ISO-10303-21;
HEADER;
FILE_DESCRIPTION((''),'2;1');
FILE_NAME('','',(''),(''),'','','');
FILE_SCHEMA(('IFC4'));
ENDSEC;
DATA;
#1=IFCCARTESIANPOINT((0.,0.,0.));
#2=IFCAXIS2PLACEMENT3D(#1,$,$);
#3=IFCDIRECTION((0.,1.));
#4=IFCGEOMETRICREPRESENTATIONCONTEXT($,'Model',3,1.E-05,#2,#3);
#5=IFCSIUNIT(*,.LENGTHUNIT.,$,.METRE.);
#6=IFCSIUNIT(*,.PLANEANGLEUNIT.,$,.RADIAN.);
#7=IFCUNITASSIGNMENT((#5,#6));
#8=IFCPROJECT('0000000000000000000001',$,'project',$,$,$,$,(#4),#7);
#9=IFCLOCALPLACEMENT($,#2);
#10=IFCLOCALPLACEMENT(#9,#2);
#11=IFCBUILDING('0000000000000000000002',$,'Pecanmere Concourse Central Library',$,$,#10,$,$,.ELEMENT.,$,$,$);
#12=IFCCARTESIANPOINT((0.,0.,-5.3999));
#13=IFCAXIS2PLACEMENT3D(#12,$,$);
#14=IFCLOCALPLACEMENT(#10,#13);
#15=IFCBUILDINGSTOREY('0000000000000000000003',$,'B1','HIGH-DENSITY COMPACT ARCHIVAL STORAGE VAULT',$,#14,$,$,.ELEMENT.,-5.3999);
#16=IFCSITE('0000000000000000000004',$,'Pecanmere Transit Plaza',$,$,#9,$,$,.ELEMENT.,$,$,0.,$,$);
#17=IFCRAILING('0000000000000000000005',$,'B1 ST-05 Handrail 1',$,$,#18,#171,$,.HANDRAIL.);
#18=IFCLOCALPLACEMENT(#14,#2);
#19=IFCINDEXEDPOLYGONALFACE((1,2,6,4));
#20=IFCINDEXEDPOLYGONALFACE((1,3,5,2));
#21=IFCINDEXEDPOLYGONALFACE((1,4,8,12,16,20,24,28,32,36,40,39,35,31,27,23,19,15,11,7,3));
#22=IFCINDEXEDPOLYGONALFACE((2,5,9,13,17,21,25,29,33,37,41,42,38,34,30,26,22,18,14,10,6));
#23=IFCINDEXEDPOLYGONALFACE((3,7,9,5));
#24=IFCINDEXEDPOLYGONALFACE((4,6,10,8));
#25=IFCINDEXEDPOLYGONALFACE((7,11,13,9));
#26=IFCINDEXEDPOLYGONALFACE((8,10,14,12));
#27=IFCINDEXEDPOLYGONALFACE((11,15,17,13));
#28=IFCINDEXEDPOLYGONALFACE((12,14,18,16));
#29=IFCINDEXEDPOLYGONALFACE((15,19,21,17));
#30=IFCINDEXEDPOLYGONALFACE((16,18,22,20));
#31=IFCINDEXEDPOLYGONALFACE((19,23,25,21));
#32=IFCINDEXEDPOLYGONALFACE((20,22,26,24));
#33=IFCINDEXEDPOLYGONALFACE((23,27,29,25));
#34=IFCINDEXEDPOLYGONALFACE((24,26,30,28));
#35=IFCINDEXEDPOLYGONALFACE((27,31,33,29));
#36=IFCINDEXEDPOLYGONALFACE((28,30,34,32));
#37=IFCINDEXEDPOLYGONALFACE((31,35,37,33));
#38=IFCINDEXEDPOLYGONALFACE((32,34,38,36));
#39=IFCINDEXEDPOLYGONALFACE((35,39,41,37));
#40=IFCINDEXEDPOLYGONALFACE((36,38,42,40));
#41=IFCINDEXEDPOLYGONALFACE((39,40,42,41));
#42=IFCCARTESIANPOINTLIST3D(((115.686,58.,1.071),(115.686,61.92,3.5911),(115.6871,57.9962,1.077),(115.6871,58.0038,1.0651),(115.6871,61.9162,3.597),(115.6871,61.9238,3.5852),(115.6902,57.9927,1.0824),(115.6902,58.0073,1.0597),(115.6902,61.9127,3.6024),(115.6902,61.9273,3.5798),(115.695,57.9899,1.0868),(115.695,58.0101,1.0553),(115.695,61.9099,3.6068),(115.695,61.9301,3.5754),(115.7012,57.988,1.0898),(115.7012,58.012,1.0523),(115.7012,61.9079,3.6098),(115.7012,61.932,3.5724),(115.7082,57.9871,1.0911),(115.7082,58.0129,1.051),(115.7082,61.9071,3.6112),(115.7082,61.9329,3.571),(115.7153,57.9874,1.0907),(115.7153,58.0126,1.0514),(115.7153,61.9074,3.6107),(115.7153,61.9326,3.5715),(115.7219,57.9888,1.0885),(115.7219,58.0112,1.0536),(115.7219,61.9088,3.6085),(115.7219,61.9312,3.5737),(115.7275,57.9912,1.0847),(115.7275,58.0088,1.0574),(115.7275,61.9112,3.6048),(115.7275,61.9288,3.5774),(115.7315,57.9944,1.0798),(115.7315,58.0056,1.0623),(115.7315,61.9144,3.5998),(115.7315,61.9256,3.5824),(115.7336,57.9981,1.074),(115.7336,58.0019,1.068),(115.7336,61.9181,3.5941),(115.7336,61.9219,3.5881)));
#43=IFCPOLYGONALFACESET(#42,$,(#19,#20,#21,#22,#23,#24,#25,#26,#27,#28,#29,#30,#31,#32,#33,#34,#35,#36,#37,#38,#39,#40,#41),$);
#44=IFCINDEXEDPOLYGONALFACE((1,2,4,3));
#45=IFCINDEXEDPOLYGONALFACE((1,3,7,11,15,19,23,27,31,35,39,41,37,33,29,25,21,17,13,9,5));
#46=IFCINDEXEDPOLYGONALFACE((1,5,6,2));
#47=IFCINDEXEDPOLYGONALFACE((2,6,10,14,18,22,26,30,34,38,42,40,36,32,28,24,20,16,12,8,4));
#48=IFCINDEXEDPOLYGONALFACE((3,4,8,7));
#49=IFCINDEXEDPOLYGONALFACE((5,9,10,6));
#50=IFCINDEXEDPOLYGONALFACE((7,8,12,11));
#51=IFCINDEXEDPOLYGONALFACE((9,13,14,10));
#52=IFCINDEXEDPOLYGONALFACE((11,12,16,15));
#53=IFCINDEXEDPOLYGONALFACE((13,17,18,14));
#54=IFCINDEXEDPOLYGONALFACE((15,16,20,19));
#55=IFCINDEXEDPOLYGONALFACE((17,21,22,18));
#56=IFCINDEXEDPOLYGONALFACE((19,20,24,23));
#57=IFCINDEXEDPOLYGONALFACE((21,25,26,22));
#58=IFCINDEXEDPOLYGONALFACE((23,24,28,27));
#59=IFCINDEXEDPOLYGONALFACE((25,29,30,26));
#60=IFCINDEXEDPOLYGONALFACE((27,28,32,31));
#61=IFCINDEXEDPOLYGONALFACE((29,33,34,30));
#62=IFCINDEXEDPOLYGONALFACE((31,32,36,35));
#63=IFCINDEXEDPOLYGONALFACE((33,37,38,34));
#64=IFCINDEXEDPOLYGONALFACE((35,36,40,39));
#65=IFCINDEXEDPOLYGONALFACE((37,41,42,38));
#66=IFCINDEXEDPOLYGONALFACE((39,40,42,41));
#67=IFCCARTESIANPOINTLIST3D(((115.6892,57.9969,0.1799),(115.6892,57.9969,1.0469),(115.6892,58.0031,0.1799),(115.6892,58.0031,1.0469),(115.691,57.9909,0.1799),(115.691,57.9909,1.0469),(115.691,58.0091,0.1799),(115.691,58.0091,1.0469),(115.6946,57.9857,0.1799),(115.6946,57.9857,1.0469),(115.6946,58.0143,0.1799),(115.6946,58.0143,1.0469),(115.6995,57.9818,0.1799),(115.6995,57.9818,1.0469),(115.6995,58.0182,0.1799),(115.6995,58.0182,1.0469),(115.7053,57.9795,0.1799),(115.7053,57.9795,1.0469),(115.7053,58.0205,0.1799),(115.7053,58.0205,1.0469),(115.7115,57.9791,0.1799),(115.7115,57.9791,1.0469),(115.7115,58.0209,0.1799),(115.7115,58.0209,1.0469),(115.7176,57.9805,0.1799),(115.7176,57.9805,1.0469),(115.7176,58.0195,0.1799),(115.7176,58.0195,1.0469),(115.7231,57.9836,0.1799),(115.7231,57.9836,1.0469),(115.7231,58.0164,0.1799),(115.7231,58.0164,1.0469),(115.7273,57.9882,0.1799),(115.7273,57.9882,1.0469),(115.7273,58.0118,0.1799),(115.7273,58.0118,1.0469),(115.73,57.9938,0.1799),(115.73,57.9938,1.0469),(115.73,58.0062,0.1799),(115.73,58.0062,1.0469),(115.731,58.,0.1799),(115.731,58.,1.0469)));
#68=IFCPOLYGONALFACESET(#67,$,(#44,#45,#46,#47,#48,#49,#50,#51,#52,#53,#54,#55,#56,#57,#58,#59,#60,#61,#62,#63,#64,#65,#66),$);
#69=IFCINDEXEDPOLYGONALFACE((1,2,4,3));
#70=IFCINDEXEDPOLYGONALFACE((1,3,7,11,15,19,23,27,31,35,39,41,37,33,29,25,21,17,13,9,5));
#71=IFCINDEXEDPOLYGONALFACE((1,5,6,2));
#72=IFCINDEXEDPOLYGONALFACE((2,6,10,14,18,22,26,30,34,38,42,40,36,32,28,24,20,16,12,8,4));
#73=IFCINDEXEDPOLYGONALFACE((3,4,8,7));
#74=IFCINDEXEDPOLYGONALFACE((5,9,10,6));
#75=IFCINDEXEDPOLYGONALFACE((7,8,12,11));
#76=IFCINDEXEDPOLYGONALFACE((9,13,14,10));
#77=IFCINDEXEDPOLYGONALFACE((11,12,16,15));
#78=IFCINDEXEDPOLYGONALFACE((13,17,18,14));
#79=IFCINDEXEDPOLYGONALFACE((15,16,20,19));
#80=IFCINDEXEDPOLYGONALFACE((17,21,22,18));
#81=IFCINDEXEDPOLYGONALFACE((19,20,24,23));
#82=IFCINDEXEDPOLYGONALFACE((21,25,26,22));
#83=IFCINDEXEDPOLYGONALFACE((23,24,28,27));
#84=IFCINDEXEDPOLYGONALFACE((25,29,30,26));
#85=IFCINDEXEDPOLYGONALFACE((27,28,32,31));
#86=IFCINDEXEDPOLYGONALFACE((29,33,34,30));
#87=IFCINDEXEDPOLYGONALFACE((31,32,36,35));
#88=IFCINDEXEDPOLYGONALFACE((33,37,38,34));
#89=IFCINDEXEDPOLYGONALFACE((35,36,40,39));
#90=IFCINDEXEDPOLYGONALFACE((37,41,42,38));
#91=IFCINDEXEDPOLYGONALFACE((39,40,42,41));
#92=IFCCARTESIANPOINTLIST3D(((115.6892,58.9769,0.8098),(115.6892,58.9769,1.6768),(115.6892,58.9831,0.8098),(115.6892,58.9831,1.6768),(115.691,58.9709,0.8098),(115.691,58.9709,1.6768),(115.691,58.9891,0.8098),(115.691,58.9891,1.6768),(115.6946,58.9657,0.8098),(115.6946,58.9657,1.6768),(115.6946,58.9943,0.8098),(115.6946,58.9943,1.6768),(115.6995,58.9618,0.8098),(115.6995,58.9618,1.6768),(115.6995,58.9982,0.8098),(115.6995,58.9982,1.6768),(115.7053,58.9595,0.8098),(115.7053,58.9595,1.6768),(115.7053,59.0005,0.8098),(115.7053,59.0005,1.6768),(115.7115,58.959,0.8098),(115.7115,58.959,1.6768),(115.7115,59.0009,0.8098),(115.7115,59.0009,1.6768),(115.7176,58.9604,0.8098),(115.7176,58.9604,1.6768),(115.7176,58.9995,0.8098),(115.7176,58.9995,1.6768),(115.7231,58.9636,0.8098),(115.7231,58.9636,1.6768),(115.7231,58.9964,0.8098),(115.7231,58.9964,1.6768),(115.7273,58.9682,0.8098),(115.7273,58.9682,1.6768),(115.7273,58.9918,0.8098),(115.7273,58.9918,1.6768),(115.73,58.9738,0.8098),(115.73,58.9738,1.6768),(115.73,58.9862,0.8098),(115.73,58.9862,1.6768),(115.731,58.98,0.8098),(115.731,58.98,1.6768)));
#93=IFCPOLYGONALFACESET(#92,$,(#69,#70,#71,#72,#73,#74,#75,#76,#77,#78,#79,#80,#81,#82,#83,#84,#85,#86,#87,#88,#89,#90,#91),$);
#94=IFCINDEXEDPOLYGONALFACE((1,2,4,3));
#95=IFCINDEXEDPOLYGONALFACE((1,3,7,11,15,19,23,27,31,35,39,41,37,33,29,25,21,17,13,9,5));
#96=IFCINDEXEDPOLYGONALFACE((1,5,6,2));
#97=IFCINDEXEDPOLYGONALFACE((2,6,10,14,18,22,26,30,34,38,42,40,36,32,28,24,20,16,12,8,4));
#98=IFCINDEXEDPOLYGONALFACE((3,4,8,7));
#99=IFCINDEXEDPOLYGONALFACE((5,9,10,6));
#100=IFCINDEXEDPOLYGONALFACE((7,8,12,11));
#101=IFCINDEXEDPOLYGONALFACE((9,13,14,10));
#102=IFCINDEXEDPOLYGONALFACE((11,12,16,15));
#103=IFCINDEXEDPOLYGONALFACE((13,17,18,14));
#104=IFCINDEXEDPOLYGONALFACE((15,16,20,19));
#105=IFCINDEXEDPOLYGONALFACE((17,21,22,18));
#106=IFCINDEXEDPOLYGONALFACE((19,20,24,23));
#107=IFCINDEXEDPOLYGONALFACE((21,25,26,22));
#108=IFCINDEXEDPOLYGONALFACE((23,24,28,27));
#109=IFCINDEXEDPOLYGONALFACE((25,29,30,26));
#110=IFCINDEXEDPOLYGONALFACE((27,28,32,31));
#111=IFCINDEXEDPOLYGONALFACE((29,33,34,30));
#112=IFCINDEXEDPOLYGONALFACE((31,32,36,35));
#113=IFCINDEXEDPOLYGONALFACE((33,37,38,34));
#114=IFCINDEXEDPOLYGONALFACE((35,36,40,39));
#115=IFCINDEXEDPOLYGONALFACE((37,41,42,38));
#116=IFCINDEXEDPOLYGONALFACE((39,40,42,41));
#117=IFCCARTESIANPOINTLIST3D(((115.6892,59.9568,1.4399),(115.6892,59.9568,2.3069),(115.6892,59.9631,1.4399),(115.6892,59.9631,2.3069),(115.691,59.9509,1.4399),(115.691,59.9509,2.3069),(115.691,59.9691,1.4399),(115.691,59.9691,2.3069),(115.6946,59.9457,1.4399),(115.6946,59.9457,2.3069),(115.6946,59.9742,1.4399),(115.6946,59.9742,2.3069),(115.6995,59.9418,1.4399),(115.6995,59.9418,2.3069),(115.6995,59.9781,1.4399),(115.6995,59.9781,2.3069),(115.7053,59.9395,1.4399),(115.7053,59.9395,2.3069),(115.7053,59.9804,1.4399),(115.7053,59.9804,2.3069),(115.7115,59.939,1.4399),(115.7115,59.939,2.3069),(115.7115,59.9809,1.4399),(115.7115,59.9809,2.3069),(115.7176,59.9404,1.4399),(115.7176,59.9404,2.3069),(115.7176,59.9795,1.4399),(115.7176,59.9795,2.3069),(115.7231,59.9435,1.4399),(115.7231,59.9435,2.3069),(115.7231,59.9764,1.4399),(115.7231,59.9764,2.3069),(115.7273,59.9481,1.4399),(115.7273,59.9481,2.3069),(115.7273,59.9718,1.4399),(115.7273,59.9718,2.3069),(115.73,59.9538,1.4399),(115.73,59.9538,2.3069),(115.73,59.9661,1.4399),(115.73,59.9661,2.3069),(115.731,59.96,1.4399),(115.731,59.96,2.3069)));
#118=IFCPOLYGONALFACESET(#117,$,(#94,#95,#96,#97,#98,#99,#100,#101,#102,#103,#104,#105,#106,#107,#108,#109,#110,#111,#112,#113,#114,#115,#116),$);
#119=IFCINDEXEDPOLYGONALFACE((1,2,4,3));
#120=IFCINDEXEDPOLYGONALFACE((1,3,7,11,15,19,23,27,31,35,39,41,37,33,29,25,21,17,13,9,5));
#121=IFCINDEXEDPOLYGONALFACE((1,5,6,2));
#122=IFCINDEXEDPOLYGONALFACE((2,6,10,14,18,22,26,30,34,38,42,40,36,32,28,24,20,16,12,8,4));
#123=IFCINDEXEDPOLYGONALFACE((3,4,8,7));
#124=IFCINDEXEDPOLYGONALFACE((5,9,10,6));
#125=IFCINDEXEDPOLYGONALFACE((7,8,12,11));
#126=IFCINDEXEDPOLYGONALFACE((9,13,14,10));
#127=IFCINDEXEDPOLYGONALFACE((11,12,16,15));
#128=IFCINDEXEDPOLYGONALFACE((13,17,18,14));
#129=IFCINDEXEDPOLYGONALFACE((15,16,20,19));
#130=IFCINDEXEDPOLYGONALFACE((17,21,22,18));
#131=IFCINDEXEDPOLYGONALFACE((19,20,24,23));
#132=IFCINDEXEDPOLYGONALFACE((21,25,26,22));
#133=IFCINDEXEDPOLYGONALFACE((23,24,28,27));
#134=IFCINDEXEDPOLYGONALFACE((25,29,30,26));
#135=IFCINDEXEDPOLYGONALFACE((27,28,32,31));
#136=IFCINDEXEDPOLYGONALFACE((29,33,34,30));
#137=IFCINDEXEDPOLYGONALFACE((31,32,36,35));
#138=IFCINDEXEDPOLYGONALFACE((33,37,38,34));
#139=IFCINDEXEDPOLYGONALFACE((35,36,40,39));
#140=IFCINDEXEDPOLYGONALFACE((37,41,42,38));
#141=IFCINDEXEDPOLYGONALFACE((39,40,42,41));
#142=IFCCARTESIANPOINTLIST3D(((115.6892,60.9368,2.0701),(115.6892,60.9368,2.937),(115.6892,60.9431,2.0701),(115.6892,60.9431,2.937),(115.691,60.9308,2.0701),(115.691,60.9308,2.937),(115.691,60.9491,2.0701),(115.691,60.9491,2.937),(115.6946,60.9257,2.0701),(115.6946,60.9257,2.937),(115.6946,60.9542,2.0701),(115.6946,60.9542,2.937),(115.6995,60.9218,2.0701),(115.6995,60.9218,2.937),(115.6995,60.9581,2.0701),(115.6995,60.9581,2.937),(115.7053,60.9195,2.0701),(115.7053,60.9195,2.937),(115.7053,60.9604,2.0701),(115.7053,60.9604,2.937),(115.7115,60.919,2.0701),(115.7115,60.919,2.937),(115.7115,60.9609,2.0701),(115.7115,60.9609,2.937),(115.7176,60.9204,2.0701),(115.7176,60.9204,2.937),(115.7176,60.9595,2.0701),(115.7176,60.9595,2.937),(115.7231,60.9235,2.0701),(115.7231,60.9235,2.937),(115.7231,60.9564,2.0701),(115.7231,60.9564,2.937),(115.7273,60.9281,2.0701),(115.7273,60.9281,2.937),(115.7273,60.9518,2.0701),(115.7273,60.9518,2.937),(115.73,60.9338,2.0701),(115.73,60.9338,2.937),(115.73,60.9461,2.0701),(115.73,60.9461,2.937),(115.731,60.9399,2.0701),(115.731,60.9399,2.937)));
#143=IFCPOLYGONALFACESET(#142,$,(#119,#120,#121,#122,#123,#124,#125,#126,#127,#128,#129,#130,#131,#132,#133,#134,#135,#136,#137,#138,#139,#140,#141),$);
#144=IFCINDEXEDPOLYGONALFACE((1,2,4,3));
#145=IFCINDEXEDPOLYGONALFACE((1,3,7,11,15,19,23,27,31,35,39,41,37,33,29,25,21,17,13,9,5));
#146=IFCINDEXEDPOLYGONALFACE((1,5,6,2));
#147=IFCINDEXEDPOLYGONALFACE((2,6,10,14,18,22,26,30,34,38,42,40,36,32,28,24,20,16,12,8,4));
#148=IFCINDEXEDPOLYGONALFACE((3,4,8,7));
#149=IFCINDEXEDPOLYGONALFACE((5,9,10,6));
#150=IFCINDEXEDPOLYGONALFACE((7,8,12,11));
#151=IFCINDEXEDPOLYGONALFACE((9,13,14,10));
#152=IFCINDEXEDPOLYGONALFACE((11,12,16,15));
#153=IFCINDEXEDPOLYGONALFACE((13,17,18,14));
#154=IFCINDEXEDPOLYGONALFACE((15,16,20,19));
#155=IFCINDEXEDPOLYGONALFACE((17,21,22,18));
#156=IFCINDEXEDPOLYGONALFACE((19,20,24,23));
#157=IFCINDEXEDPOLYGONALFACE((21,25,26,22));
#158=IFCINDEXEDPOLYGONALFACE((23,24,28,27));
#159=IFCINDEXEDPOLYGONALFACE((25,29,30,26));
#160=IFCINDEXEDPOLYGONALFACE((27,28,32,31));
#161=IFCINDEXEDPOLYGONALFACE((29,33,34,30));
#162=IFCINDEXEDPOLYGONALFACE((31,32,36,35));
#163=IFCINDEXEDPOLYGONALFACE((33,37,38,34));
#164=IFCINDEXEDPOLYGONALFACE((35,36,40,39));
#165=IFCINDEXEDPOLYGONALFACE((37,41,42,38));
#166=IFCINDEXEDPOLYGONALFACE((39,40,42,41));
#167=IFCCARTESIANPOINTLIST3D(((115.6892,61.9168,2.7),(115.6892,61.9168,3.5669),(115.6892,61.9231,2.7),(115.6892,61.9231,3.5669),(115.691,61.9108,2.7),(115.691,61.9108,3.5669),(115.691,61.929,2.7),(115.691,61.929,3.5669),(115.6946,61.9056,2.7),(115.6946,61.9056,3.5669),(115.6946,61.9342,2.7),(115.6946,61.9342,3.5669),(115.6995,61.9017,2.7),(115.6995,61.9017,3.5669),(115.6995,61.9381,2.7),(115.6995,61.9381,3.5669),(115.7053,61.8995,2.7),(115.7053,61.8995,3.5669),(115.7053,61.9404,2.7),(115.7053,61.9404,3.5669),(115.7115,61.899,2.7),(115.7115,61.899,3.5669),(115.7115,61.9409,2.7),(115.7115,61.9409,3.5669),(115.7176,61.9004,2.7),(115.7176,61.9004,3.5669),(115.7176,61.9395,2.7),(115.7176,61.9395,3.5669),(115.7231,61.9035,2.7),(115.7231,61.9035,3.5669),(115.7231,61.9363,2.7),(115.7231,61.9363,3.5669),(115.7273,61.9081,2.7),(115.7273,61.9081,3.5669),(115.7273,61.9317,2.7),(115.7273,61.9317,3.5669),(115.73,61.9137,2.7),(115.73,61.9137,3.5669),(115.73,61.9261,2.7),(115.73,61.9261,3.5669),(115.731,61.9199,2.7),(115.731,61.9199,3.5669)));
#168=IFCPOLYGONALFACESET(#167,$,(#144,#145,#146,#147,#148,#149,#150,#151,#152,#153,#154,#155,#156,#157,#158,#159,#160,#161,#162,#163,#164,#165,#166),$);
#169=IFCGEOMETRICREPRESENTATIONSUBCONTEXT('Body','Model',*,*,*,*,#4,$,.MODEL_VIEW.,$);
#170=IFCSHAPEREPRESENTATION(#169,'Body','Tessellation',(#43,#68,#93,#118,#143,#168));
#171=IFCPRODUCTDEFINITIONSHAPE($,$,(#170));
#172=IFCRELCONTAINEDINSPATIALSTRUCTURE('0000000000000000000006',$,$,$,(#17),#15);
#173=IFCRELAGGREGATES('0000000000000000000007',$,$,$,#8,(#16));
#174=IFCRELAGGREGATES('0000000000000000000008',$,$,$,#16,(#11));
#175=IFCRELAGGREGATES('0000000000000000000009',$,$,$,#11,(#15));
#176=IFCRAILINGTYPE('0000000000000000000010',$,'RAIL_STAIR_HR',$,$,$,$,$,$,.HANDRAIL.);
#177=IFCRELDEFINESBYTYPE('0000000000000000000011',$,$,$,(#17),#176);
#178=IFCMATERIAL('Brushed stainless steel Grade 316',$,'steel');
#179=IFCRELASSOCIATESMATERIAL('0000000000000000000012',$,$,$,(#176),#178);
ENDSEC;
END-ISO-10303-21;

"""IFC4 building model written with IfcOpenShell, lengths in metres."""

from ifc_helpers import new_model, si_unit, direction, frame, origin, origin_2d, place, context, subcontext, project, spatial, circle, extrude, material, type_object, element, save


model = new_model("IFC4")

# Units and contexts
model_context = context("Model", 3, precision=1e-05, world=origin(), true_north=direction((0.0, 1.0)))
body_context = subcontext(model_context, "Body", "Model", "MODEL_VIEW")
ifc_project = project(units=[si_unit("LENGTHUNIT", "METRE"), si_unit("PLANEANGLEUNIT", "RADIAN")], contexts=[model_context])

# Site, building, storey
site_placement = place(None, origin())
site = spatial("IfcSite", under=ifc_project, at=site_placement, Name="Pecanmere Transit Plaza", CompositionType="ELEMENT", RefElevation=0.0)
building_placement = place(site_placement, origin())
building = spatial("IfcBuilding", under=site, at=building_placement, Name="Pecanmere Concourse Central Library", CompositionType="ELEMENT")
storey_placement = place(building_placement, frame((0.0, 0.0, -5.3999)))
storey = spatial("IfcBuildingStorey", under=building, at=storey_placement, Name="B1", Description="HIGH-DENSITY COMPACT ARCHIVAL STORAGE VAULT", CompositionType="ELEMENT", Elevation=-5.3999)

# Railing
ifc_material_1 = material(Name="Brushed stainless steel Grade 316", Category="steel")
railing_type_1 = type_object("IfcRailingType", Name="RAIL_STAIR_HR", PredefinedType="HANDRAIL", material=ifc_material_1)
railing_1_placement = place(storey_placement, frame((115.71, 58.0, 0.1799)))
element("IfcRailing", 1, at=railing_1_placement, inside=storey, type_object=railing_type_1, Name="B1 ST-05 Handrail 1", PredefinedType="HANDRAIL", context=body_context, shape_type="SweptSolid", body=[
    extrude(circle(Radius=0.0239, at=origin_2d()), frame((0.0, 0.0, 0.8911), z_axis=(0.0, 0.841172, 0.540768), x_axis=(-1.0, 0.0, 0.0)), (0.0, 0.0, 1.0), 4.6602),
    extrude(circle(Radius=0.021, at=origin_2d()), origin(), (0.0, 0.0, 1.0), 0.8669),
    extrude(circle(Radius=0.021, at=origin_2d()), frame((0.0, 0.98, 0.6299)), (0.0, 0.0, 1.0), 0.8669),
    extrude(circle(Radius=0.021, at=origin_2d()), frame((0.0, 1.96, 1.26)), (0.0, 0.0, 1.0), 0.8669),
    extrude(circle(Radius=0.021, at=origin_2d()), frame((0.0, 2.9399, 1.8901)), (0.0, 0.0, 1.0), 0.8669),
    extrude(circle(Radius=0.021, at=origin_2d()), frame((0.0, 3.9199, 2.52)), (0.0, 0.0, 1.0), 0.8669),
])

save(model, "model.ifc")
